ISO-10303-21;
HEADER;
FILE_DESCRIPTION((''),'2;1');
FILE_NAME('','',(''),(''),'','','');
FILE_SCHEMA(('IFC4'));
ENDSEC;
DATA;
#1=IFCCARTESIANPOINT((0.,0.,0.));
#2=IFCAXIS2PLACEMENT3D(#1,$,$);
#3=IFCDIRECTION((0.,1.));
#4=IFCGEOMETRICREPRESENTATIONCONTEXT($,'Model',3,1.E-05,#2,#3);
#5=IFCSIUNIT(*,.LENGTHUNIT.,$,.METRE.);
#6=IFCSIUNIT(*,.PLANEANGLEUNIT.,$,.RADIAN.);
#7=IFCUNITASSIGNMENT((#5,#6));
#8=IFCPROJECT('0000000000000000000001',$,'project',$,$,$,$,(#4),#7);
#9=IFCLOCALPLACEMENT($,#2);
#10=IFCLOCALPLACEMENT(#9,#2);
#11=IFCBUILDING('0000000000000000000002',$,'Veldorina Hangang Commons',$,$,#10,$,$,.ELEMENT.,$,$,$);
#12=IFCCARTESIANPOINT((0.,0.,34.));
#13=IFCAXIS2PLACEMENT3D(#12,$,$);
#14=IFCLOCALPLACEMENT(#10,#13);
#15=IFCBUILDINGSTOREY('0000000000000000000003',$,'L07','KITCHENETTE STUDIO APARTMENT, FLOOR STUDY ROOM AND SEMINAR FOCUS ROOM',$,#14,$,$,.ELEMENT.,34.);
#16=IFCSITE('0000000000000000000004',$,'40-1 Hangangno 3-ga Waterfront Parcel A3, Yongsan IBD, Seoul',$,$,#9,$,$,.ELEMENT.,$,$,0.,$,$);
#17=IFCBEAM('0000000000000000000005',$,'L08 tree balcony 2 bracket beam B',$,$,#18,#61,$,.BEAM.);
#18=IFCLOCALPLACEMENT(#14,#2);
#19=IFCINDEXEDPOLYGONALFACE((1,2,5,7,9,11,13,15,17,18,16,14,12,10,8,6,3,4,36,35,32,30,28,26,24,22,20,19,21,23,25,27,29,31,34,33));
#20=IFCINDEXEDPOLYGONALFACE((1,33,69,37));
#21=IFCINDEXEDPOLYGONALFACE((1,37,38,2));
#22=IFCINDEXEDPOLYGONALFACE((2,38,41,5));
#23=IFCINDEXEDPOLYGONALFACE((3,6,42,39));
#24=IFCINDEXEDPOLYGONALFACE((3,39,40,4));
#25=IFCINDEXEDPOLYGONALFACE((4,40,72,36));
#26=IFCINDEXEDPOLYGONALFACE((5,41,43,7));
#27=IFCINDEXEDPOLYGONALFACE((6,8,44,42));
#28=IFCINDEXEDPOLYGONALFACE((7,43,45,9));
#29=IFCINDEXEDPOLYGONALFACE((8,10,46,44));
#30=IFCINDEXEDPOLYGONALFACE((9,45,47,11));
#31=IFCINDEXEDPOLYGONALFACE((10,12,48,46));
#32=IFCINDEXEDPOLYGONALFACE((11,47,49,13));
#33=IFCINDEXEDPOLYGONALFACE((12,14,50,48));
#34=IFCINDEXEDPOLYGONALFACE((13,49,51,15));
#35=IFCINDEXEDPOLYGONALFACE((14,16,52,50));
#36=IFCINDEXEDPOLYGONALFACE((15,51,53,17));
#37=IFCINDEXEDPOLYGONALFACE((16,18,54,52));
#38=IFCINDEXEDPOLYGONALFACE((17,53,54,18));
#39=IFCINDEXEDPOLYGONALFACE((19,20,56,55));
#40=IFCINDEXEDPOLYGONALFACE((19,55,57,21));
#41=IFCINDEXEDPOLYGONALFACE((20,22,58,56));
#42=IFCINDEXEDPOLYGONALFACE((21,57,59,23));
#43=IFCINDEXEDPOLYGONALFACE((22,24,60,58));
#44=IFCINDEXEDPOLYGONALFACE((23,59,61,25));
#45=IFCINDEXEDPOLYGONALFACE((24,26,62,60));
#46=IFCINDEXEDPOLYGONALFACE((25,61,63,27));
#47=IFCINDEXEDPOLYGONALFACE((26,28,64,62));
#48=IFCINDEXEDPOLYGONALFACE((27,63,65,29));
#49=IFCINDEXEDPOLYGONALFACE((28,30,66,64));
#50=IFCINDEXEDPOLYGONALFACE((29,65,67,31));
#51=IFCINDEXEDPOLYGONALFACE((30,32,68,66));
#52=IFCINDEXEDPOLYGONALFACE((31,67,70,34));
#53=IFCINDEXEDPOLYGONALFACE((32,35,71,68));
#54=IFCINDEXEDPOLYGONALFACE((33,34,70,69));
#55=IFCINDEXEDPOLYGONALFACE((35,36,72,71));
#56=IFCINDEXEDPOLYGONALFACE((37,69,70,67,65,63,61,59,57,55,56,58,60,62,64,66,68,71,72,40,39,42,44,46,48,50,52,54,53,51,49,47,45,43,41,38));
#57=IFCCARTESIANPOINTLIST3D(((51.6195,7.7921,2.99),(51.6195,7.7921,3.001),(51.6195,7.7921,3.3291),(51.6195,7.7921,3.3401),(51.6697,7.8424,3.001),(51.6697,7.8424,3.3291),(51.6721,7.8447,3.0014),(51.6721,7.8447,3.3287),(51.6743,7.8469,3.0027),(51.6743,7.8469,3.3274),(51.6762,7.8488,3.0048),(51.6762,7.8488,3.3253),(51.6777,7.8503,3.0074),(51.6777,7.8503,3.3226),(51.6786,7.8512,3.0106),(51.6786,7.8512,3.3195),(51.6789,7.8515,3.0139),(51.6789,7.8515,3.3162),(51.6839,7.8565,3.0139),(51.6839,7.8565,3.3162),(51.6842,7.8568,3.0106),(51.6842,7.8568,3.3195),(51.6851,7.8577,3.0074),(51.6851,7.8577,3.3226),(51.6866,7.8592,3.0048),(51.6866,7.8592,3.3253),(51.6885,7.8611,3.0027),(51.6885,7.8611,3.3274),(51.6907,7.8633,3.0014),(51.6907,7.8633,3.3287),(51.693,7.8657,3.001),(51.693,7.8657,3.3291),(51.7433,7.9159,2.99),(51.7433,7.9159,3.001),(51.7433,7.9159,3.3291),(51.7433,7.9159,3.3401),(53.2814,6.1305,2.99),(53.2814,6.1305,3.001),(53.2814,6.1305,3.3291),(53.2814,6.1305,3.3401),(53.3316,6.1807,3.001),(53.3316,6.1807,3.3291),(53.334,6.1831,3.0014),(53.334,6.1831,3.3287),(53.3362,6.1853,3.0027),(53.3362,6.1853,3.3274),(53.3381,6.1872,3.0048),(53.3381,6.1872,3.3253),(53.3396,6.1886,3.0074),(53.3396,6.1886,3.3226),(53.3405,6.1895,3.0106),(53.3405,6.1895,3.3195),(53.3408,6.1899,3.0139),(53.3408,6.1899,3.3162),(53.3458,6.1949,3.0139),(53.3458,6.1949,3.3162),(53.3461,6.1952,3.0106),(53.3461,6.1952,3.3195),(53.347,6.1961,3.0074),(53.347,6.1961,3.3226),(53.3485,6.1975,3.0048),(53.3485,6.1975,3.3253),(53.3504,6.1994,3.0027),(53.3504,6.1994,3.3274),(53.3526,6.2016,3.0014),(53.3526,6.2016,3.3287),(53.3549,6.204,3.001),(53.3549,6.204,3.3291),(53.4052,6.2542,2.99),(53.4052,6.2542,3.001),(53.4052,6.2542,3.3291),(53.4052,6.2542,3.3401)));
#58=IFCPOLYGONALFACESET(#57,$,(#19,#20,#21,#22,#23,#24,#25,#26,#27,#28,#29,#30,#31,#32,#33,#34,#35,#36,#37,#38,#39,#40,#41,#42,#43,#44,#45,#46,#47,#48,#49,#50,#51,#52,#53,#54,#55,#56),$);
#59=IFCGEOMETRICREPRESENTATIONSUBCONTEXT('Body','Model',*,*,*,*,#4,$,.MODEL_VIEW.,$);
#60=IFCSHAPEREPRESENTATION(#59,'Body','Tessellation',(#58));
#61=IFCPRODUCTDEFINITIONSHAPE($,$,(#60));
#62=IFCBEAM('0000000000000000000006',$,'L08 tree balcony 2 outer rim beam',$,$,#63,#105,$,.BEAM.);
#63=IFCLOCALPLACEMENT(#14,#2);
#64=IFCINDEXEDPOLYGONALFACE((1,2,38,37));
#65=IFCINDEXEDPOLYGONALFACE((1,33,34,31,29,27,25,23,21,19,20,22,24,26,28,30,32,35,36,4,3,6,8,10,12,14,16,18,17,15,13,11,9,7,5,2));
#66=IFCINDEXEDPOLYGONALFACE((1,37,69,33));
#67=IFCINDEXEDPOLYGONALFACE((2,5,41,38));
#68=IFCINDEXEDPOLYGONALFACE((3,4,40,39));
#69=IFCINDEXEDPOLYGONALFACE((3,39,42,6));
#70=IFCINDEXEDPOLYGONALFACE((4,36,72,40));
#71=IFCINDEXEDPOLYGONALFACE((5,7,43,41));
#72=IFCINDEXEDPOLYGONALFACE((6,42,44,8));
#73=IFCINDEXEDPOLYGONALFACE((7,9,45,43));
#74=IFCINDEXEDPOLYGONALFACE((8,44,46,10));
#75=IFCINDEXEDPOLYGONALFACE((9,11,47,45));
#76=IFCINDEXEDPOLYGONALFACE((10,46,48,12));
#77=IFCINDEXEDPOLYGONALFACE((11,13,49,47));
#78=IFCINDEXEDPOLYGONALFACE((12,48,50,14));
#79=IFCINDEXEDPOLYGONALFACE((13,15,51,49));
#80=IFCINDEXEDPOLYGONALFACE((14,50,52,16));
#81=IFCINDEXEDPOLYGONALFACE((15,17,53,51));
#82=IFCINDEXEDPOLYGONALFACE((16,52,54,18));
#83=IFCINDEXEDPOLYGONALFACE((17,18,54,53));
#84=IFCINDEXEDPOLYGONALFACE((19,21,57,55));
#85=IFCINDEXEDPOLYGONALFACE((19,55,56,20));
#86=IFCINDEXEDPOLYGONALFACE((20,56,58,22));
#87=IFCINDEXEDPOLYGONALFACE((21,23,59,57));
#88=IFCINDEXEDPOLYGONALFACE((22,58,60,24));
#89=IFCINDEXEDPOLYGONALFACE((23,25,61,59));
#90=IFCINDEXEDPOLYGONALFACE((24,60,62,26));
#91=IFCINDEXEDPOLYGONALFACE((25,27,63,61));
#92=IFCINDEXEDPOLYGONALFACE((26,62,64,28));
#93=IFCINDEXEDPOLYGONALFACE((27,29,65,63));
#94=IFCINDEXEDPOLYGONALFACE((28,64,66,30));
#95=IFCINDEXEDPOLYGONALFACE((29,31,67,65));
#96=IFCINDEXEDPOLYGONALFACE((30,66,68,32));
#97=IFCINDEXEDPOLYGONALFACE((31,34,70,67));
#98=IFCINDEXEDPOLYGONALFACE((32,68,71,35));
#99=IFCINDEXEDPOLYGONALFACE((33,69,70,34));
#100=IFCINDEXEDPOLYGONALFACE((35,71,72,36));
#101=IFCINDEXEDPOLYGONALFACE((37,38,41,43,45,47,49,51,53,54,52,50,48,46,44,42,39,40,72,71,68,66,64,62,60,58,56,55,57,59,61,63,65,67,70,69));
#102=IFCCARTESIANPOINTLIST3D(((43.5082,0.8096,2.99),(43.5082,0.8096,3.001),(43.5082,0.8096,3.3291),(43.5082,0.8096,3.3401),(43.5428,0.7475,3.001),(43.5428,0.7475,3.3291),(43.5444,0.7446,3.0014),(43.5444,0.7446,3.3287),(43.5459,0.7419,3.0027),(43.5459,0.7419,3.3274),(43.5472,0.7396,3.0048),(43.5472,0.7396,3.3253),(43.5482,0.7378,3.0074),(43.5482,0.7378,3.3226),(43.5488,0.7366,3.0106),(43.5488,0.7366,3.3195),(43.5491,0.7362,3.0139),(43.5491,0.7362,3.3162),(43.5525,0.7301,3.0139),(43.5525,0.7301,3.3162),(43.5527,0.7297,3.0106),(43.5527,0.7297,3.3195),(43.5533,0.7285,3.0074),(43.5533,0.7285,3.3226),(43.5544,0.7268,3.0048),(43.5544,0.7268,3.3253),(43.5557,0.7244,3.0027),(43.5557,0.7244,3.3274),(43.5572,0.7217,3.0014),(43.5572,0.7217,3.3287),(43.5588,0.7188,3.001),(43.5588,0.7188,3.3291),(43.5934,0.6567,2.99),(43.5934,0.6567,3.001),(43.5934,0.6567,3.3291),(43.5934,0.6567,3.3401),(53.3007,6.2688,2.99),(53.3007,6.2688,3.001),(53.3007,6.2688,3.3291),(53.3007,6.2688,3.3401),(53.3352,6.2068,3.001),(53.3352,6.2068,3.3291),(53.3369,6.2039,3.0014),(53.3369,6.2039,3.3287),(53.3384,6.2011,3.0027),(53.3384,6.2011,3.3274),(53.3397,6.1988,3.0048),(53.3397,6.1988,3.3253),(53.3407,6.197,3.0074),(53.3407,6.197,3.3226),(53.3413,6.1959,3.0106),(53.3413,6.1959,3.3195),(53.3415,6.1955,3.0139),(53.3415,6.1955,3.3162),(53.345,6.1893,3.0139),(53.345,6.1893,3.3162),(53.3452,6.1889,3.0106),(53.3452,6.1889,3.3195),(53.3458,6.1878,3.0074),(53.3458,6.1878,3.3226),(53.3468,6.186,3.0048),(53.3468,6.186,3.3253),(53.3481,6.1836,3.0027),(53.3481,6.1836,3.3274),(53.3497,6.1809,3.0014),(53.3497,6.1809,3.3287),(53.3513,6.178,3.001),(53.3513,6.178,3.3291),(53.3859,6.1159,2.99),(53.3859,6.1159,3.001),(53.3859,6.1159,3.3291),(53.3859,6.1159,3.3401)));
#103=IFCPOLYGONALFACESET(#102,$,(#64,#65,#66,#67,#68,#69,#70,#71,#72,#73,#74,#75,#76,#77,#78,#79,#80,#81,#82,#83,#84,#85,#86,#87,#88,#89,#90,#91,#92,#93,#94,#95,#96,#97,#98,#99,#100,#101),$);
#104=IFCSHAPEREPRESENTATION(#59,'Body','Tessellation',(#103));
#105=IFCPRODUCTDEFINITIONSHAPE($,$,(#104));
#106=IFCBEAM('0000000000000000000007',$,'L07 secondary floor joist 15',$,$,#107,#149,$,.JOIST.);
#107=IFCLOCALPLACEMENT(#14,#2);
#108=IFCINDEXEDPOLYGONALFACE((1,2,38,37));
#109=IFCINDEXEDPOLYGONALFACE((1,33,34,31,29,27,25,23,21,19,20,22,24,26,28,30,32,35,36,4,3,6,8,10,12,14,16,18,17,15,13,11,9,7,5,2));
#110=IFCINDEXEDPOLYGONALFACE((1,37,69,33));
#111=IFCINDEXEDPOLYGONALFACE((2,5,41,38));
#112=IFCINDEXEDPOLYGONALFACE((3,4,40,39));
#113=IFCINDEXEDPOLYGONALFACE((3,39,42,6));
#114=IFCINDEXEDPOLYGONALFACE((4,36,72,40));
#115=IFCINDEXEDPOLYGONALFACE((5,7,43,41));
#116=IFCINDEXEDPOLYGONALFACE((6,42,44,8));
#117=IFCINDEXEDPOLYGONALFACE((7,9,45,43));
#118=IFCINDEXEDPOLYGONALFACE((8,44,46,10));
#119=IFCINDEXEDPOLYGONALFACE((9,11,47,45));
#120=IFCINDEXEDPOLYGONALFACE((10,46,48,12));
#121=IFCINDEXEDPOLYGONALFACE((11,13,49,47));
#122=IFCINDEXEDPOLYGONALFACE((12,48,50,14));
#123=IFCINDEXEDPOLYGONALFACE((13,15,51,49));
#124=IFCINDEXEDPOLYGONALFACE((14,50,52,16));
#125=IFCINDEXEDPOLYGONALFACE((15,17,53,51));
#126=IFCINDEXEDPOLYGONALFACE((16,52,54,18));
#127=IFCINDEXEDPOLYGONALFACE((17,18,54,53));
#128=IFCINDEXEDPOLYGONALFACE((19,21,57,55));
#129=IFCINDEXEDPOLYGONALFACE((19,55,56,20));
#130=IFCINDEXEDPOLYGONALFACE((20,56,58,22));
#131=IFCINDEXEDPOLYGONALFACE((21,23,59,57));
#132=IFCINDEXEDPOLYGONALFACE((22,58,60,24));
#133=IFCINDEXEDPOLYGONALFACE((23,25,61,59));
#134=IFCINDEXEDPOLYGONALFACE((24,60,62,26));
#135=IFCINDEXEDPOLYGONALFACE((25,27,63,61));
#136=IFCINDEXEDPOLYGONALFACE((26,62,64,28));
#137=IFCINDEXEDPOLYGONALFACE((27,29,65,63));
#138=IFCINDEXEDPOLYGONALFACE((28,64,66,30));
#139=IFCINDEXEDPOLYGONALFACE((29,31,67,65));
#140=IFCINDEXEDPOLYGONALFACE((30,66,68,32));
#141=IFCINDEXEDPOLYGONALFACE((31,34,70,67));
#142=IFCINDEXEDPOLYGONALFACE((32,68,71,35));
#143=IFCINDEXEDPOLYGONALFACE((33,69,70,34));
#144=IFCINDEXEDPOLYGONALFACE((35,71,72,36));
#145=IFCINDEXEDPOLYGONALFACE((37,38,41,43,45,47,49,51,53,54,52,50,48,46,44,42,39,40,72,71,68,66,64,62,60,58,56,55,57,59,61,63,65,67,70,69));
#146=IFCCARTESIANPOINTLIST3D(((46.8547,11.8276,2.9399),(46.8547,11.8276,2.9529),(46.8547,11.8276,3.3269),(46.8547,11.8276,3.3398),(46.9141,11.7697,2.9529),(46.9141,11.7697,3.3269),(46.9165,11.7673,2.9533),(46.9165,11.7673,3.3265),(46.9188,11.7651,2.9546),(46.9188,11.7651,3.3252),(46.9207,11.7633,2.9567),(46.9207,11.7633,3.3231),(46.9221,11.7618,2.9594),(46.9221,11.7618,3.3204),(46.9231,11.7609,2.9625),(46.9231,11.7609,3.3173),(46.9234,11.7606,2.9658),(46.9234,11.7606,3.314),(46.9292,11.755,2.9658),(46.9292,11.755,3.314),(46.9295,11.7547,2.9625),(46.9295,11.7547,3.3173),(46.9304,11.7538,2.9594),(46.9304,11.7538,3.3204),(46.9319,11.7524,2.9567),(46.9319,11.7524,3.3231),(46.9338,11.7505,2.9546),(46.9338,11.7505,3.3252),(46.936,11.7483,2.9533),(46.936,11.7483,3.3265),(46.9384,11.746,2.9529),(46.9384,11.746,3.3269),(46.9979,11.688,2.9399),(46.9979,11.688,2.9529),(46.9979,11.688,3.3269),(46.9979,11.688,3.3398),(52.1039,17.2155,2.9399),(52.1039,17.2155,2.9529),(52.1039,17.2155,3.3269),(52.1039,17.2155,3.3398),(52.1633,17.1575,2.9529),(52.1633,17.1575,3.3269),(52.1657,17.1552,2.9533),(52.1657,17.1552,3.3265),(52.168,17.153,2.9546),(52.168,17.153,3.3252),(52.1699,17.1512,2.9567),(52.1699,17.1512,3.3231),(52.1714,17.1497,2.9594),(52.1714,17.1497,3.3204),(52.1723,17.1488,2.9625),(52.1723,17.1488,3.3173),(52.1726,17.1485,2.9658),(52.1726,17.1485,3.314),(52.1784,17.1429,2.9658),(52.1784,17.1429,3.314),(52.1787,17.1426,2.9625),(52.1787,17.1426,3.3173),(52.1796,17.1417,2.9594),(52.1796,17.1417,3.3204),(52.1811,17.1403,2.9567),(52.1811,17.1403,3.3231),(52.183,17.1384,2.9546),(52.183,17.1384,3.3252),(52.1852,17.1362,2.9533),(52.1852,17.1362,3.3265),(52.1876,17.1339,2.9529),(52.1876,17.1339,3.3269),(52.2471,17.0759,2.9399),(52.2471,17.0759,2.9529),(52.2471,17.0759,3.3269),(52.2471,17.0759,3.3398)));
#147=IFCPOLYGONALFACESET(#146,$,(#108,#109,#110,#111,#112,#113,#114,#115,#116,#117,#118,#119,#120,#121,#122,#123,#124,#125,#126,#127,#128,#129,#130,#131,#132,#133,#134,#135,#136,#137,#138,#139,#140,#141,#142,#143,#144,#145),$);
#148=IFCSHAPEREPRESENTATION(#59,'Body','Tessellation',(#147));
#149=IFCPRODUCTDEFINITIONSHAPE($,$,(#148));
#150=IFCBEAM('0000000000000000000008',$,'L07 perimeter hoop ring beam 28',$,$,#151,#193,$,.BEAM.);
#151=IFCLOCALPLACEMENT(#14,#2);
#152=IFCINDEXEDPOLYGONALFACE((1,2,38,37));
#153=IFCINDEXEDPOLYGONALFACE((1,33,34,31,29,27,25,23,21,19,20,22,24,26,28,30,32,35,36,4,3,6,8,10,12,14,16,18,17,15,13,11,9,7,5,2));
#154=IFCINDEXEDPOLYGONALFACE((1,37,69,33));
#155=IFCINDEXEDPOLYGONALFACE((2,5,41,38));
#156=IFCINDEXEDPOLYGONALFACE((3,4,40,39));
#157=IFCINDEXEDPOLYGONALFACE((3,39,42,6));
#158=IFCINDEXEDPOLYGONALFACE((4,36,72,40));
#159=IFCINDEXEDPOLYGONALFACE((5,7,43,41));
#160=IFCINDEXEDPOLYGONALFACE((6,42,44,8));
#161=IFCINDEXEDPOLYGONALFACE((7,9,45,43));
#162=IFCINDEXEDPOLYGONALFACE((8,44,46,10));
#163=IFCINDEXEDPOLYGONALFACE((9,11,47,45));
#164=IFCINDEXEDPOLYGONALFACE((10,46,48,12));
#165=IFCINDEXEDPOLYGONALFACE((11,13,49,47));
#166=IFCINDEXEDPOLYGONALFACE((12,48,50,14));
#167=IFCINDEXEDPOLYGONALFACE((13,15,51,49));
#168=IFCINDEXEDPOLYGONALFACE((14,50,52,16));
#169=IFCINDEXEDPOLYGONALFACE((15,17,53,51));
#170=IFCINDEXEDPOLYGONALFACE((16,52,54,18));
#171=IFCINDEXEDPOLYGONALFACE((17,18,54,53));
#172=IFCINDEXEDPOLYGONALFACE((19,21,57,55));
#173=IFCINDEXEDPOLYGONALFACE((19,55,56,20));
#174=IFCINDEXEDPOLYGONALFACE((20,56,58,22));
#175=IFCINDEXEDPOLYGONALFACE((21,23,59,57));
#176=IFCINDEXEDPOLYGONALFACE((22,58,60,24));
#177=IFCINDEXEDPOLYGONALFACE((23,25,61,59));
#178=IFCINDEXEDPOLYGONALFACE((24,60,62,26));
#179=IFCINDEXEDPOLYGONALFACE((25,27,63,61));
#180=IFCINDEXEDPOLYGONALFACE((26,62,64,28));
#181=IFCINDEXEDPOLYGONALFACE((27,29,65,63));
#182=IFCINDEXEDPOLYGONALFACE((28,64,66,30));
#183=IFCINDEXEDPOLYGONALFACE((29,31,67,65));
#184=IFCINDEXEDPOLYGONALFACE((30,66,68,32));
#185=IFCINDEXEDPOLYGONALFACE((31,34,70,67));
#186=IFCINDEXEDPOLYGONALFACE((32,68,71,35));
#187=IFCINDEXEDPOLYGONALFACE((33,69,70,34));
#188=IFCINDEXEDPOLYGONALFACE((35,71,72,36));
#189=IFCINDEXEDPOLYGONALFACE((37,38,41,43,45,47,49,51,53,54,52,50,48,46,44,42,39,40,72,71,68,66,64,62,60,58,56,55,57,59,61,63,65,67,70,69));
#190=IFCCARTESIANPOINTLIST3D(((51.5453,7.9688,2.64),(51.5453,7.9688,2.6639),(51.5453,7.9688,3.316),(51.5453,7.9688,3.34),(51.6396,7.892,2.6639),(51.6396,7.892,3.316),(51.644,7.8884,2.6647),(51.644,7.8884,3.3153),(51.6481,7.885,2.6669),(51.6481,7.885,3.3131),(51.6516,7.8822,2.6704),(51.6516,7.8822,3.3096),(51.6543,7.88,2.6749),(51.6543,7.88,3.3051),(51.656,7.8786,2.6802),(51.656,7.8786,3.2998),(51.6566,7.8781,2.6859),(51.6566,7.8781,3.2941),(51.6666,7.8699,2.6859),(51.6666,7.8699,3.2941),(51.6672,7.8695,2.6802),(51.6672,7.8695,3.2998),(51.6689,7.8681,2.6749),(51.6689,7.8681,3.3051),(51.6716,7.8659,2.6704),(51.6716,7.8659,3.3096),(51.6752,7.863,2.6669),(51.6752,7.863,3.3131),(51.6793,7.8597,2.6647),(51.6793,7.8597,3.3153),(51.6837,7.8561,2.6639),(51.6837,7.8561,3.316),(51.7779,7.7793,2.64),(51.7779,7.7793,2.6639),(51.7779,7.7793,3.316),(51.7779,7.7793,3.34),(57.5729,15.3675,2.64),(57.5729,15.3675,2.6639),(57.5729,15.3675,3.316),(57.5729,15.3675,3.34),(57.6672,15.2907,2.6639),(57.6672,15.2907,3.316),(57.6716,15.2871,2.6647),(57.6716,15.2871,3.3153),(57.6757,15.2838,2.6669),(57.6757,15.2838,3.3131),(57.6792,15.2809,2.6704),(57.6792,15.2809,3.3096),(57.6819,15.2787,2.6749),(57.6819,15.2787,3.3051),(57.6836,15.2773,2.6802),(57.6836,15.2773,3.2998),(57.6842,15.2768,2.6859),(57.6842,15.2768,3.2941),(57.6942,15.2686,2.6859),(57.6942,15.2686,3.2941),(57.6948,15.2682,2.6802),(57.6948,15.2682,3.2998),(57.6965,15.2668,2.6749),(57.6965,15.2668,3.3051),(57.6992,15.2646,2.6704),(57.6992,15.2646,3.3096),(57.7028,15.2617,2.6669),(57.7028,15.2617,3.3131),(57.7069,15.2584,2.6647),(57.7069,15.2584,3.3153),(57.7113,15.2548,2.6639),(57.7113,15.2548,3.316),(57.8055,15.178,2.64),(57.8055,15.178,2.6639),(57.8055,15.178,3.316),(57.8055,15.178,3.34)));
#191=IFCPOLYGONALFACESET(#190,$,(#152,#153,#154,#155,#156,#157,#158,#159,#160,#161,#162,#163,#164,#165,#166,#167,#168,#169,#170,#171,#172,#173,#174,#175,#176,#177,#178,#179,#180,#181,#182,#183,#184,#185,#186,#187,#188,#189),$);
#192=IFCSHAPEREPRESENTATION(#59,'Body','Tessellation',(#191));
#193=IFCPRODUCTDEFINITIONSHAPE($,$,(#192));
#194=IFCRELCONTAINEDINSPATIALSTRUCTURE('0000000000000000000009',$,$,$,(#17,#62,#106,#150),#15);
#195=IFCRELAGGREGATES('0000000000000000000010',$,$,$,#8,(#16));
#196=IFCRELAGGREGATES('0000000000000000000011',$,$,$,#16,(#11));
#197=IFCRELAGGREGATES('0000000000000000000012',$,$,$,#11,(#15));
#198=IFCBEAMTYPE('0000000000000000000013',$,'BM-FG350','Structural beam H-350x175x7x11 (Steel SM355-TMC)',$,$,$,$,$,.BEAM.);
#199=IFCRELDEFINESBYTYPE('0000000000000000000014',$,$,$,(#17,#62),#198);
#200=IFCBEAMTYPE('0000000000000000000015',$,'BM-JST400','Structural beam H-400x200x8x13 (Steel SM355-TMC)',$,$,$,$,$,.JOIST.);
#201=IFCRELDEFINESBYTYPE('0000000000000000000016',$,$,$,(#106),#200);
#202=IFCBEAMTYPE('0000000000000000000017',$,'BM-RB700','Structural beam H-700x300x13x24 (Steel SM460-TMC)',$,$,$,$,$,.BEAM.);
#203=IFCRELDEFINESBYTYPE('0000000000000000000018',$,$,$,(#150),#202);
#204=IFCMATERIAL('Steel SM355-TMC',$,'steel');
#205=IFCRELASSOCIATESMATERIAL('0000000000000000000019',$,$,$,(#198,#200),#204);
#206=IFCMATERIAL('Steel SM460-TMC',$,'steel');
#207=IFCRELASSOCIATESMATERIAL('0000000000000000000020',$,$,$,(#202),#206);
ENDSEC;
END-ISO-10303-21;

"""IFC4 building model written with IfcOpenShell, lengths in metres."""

from ifc_helpers import new_model, si_unit, direction, frame, origin, origin_2d, place, context, subcontext, project, spatial, i_section, extrude, material, material_profile, profile_set, type_object, element, save


model = new_model("IFC4")

# Units and contexts
model_context = context("Model", 3, precision=1e-05, world=origin(), true_north=direction((0.0, 1.0)))
body_context = subcontext(model_context, "Body", "Model", "MODEL_VIEW")
ifc_project = project(units=[si_unit("LENGTHUNIT", "METRE"), si_unit("PLANEANGLEUNIT", "RADIAN")], contexts=[model_context])

# Site, building, storey
site_placement = place(None, origin())
site = spatial("IfcSite", under=ifc_project, at=site_placement, Name="40-1 Hangangno 3-ga Waterfront Parcel A3, Yongsan IBD, Seoul", CompositionType="ELEMENT", RefElevation=0.0)
building_placement = place(site_placement, origin())
building = spatial("IfcBuilding", under=site, at=building_placement, Name="Veldorina Hangang Commons", CompositionType="ELEMENT")
storey_placement = place(building_placement, frame((0.0, 0.0, 34.0)))
storey = spatial("IfcBuildingStorey", under=building, at=storey_placement, Name="L07", Description="KITCHENETTE STUDIO APARTMENT, FLOOR STUDY ROOM AND SEMINAR FOCUS ROOM", CompositionType="ELEMENT", Elevation=34.0)

# Beams
ifc_material_1 = material(Name="Steel SM355-TMC", Category="steel")
ifc_material_profile_1 = material_profile(ifc_material_1, i_section(OverallWidth=0.175, OverallDepth=0.3501, WebThickness=0.0071, FlangeThickness=0.011, FilletRadius=0.0129, at=origin_2d()), Name="H-350x175x7x11")
ifc_profile_set_1 = profile_set([ifc_material_profile_1], Name="Steel SM355-TMC")
beam_type_1 = type_object("IfcBeamType", Name="BM-FG350", Description="Structural beam H-350x175x7x11 (Steel SM355-TMC)", PredefinedType="BEAM", material=ifc_profile_set_1)
beam_1_placement = place(storey_placement, frame((51.6814, 7.854, 3.165), z_axis=(0.707159, -0.707055, 0.0), x_axis=(0.707055, 0.707159, 0.0)))
element("IfcBeam", 1, at=beam_1_placement, inside=storey, type_object=beam_type_1, Name="L08 tree balcony 2 bracket beam B", PredefinedType="BEAM", context=body_context, shape_type="SweptSolid", body=[
    extrude(i_section(OverallWidth=0.175, OverallDepth=0.3501, WebThickness=0.0071, FlangeThickness=0.011, FilletRadius=0.0129, at=origin_2d()), origin(), (0.0, 0.0, 1.0), 2.3501),
])
beam_2_placement = place(storey_placement, frame((43.5508, 0.7332, 3.165), z_axis=(0.873438, 0.486935, 0.0), x_axis=(-0.486935, 0.873438, 0.0)))
element("IfcBeam", 2, at=beam_2_placement, inside=storey, type_object=beam_type_1, Name="L08 tree balcony 2 outer rim beam", PredefinedType="BEAM", context=body_context, shape_type="SweptSolid", body=[
    extrude(i_section(OverallWidth=0.175, OverallDepth=0.3501, WebThickness=0.0071, FlangeThickness=0.011, FilletRadius=0.0129, at=origin_2d()), origin(), (0.0, 0.0, 1.0), 11.2114),
])
ifc_material_profile_2 = material_profile(ifc_material_1, i_section(OverallWidth=0.2, OverallDepth=0.3999, WebThickness=0.0081, FlangeThickness=0.0129, FilletRadius=0.0129, at=origin_2d()), Name="H-400x200x8x13")
ifc_profile_set_2 = profile_set([ifc_material_profile_2], Name="Steel SM355-TMC")
beam_type_2 = type_object("IfcBeamType", Name="BM-JST400", Description="Structural beam H-400x200x8x13 (Steel SM355-TMC)", PredefinedType="JOIST", material=ifc_profile_set_2)
beam_3_placement = place(storey_placement, frame((46.9263, 11.7578, 3.1399), z_axis=(0.697829, 0.716264, 0.0), x_axis=(-0.716264, 0.697829, 0.0)))
element("IfcBeam", 3, at=beam_3_placement, inside=storey, type_object=beam_type_2, Name="L07 secondary floor joist 15", PredefinedType="JOIST", context=body_context, shape_type="SweptSolid", body=[
    extrude(i_section(OverallWidth=0.2, OverallDepth=0.3999, WebThickness=0.0081, FlangeThickness=0.0129, FilletRadius=0.0129, at=origin_2d()), origin(), (0.0, 0.0, 1.0), 7.5222),
])
ifc_material_2 = material(Name="Steel SM460-TMC", Category="steel")
ifc_material_profile_3 = material_profile(ifc_material_2, i_section(OverallWidth=0.3, OverallDepth=0.7, WebThickness=0.0129, FlangeThickness=0.0239, FilletRadius=0.022, at=origin_2d()), Name="H-700x300x13x24")
ifc_profile_set_3 = profile_set([ifc_material_profile_3], Name="Steel SM460-TMC")
beam_type_3 = type_object("IfcBeamType", Name="BM-RB700", Description="Structural beam H-700x300x13x24 (Steel SM460-TMC)", PredefinedType="BEAM", material=ifc_profile_set_3)
beam_4_placement = place(storey_placement, frame((51.6616, 7.874, 2.99), z_axis=(0.631612, 0.775285, 0.0), x_axis=(-0.775285, 0.631612, 0.0)))
element("IfcBeam", 4, at=beam_4_placement, inside=storey, type_object=beam_type_3, Name="L07 perimeter hoop ring beam 28", PredefinedType="BEAM", context=body_context, shape_type="SweptSolid", body=[
    extrude(i_section(OverallWidth=0.3, OverallDepth=0.7, WebThickness=0.0129, FlangeThickness=0.0239, FilletRadius=0.022, at=origin_2d()), origin(), (0.0, 0.0, 1.0), 9.5432),
])

save(model, "model.ifc")
